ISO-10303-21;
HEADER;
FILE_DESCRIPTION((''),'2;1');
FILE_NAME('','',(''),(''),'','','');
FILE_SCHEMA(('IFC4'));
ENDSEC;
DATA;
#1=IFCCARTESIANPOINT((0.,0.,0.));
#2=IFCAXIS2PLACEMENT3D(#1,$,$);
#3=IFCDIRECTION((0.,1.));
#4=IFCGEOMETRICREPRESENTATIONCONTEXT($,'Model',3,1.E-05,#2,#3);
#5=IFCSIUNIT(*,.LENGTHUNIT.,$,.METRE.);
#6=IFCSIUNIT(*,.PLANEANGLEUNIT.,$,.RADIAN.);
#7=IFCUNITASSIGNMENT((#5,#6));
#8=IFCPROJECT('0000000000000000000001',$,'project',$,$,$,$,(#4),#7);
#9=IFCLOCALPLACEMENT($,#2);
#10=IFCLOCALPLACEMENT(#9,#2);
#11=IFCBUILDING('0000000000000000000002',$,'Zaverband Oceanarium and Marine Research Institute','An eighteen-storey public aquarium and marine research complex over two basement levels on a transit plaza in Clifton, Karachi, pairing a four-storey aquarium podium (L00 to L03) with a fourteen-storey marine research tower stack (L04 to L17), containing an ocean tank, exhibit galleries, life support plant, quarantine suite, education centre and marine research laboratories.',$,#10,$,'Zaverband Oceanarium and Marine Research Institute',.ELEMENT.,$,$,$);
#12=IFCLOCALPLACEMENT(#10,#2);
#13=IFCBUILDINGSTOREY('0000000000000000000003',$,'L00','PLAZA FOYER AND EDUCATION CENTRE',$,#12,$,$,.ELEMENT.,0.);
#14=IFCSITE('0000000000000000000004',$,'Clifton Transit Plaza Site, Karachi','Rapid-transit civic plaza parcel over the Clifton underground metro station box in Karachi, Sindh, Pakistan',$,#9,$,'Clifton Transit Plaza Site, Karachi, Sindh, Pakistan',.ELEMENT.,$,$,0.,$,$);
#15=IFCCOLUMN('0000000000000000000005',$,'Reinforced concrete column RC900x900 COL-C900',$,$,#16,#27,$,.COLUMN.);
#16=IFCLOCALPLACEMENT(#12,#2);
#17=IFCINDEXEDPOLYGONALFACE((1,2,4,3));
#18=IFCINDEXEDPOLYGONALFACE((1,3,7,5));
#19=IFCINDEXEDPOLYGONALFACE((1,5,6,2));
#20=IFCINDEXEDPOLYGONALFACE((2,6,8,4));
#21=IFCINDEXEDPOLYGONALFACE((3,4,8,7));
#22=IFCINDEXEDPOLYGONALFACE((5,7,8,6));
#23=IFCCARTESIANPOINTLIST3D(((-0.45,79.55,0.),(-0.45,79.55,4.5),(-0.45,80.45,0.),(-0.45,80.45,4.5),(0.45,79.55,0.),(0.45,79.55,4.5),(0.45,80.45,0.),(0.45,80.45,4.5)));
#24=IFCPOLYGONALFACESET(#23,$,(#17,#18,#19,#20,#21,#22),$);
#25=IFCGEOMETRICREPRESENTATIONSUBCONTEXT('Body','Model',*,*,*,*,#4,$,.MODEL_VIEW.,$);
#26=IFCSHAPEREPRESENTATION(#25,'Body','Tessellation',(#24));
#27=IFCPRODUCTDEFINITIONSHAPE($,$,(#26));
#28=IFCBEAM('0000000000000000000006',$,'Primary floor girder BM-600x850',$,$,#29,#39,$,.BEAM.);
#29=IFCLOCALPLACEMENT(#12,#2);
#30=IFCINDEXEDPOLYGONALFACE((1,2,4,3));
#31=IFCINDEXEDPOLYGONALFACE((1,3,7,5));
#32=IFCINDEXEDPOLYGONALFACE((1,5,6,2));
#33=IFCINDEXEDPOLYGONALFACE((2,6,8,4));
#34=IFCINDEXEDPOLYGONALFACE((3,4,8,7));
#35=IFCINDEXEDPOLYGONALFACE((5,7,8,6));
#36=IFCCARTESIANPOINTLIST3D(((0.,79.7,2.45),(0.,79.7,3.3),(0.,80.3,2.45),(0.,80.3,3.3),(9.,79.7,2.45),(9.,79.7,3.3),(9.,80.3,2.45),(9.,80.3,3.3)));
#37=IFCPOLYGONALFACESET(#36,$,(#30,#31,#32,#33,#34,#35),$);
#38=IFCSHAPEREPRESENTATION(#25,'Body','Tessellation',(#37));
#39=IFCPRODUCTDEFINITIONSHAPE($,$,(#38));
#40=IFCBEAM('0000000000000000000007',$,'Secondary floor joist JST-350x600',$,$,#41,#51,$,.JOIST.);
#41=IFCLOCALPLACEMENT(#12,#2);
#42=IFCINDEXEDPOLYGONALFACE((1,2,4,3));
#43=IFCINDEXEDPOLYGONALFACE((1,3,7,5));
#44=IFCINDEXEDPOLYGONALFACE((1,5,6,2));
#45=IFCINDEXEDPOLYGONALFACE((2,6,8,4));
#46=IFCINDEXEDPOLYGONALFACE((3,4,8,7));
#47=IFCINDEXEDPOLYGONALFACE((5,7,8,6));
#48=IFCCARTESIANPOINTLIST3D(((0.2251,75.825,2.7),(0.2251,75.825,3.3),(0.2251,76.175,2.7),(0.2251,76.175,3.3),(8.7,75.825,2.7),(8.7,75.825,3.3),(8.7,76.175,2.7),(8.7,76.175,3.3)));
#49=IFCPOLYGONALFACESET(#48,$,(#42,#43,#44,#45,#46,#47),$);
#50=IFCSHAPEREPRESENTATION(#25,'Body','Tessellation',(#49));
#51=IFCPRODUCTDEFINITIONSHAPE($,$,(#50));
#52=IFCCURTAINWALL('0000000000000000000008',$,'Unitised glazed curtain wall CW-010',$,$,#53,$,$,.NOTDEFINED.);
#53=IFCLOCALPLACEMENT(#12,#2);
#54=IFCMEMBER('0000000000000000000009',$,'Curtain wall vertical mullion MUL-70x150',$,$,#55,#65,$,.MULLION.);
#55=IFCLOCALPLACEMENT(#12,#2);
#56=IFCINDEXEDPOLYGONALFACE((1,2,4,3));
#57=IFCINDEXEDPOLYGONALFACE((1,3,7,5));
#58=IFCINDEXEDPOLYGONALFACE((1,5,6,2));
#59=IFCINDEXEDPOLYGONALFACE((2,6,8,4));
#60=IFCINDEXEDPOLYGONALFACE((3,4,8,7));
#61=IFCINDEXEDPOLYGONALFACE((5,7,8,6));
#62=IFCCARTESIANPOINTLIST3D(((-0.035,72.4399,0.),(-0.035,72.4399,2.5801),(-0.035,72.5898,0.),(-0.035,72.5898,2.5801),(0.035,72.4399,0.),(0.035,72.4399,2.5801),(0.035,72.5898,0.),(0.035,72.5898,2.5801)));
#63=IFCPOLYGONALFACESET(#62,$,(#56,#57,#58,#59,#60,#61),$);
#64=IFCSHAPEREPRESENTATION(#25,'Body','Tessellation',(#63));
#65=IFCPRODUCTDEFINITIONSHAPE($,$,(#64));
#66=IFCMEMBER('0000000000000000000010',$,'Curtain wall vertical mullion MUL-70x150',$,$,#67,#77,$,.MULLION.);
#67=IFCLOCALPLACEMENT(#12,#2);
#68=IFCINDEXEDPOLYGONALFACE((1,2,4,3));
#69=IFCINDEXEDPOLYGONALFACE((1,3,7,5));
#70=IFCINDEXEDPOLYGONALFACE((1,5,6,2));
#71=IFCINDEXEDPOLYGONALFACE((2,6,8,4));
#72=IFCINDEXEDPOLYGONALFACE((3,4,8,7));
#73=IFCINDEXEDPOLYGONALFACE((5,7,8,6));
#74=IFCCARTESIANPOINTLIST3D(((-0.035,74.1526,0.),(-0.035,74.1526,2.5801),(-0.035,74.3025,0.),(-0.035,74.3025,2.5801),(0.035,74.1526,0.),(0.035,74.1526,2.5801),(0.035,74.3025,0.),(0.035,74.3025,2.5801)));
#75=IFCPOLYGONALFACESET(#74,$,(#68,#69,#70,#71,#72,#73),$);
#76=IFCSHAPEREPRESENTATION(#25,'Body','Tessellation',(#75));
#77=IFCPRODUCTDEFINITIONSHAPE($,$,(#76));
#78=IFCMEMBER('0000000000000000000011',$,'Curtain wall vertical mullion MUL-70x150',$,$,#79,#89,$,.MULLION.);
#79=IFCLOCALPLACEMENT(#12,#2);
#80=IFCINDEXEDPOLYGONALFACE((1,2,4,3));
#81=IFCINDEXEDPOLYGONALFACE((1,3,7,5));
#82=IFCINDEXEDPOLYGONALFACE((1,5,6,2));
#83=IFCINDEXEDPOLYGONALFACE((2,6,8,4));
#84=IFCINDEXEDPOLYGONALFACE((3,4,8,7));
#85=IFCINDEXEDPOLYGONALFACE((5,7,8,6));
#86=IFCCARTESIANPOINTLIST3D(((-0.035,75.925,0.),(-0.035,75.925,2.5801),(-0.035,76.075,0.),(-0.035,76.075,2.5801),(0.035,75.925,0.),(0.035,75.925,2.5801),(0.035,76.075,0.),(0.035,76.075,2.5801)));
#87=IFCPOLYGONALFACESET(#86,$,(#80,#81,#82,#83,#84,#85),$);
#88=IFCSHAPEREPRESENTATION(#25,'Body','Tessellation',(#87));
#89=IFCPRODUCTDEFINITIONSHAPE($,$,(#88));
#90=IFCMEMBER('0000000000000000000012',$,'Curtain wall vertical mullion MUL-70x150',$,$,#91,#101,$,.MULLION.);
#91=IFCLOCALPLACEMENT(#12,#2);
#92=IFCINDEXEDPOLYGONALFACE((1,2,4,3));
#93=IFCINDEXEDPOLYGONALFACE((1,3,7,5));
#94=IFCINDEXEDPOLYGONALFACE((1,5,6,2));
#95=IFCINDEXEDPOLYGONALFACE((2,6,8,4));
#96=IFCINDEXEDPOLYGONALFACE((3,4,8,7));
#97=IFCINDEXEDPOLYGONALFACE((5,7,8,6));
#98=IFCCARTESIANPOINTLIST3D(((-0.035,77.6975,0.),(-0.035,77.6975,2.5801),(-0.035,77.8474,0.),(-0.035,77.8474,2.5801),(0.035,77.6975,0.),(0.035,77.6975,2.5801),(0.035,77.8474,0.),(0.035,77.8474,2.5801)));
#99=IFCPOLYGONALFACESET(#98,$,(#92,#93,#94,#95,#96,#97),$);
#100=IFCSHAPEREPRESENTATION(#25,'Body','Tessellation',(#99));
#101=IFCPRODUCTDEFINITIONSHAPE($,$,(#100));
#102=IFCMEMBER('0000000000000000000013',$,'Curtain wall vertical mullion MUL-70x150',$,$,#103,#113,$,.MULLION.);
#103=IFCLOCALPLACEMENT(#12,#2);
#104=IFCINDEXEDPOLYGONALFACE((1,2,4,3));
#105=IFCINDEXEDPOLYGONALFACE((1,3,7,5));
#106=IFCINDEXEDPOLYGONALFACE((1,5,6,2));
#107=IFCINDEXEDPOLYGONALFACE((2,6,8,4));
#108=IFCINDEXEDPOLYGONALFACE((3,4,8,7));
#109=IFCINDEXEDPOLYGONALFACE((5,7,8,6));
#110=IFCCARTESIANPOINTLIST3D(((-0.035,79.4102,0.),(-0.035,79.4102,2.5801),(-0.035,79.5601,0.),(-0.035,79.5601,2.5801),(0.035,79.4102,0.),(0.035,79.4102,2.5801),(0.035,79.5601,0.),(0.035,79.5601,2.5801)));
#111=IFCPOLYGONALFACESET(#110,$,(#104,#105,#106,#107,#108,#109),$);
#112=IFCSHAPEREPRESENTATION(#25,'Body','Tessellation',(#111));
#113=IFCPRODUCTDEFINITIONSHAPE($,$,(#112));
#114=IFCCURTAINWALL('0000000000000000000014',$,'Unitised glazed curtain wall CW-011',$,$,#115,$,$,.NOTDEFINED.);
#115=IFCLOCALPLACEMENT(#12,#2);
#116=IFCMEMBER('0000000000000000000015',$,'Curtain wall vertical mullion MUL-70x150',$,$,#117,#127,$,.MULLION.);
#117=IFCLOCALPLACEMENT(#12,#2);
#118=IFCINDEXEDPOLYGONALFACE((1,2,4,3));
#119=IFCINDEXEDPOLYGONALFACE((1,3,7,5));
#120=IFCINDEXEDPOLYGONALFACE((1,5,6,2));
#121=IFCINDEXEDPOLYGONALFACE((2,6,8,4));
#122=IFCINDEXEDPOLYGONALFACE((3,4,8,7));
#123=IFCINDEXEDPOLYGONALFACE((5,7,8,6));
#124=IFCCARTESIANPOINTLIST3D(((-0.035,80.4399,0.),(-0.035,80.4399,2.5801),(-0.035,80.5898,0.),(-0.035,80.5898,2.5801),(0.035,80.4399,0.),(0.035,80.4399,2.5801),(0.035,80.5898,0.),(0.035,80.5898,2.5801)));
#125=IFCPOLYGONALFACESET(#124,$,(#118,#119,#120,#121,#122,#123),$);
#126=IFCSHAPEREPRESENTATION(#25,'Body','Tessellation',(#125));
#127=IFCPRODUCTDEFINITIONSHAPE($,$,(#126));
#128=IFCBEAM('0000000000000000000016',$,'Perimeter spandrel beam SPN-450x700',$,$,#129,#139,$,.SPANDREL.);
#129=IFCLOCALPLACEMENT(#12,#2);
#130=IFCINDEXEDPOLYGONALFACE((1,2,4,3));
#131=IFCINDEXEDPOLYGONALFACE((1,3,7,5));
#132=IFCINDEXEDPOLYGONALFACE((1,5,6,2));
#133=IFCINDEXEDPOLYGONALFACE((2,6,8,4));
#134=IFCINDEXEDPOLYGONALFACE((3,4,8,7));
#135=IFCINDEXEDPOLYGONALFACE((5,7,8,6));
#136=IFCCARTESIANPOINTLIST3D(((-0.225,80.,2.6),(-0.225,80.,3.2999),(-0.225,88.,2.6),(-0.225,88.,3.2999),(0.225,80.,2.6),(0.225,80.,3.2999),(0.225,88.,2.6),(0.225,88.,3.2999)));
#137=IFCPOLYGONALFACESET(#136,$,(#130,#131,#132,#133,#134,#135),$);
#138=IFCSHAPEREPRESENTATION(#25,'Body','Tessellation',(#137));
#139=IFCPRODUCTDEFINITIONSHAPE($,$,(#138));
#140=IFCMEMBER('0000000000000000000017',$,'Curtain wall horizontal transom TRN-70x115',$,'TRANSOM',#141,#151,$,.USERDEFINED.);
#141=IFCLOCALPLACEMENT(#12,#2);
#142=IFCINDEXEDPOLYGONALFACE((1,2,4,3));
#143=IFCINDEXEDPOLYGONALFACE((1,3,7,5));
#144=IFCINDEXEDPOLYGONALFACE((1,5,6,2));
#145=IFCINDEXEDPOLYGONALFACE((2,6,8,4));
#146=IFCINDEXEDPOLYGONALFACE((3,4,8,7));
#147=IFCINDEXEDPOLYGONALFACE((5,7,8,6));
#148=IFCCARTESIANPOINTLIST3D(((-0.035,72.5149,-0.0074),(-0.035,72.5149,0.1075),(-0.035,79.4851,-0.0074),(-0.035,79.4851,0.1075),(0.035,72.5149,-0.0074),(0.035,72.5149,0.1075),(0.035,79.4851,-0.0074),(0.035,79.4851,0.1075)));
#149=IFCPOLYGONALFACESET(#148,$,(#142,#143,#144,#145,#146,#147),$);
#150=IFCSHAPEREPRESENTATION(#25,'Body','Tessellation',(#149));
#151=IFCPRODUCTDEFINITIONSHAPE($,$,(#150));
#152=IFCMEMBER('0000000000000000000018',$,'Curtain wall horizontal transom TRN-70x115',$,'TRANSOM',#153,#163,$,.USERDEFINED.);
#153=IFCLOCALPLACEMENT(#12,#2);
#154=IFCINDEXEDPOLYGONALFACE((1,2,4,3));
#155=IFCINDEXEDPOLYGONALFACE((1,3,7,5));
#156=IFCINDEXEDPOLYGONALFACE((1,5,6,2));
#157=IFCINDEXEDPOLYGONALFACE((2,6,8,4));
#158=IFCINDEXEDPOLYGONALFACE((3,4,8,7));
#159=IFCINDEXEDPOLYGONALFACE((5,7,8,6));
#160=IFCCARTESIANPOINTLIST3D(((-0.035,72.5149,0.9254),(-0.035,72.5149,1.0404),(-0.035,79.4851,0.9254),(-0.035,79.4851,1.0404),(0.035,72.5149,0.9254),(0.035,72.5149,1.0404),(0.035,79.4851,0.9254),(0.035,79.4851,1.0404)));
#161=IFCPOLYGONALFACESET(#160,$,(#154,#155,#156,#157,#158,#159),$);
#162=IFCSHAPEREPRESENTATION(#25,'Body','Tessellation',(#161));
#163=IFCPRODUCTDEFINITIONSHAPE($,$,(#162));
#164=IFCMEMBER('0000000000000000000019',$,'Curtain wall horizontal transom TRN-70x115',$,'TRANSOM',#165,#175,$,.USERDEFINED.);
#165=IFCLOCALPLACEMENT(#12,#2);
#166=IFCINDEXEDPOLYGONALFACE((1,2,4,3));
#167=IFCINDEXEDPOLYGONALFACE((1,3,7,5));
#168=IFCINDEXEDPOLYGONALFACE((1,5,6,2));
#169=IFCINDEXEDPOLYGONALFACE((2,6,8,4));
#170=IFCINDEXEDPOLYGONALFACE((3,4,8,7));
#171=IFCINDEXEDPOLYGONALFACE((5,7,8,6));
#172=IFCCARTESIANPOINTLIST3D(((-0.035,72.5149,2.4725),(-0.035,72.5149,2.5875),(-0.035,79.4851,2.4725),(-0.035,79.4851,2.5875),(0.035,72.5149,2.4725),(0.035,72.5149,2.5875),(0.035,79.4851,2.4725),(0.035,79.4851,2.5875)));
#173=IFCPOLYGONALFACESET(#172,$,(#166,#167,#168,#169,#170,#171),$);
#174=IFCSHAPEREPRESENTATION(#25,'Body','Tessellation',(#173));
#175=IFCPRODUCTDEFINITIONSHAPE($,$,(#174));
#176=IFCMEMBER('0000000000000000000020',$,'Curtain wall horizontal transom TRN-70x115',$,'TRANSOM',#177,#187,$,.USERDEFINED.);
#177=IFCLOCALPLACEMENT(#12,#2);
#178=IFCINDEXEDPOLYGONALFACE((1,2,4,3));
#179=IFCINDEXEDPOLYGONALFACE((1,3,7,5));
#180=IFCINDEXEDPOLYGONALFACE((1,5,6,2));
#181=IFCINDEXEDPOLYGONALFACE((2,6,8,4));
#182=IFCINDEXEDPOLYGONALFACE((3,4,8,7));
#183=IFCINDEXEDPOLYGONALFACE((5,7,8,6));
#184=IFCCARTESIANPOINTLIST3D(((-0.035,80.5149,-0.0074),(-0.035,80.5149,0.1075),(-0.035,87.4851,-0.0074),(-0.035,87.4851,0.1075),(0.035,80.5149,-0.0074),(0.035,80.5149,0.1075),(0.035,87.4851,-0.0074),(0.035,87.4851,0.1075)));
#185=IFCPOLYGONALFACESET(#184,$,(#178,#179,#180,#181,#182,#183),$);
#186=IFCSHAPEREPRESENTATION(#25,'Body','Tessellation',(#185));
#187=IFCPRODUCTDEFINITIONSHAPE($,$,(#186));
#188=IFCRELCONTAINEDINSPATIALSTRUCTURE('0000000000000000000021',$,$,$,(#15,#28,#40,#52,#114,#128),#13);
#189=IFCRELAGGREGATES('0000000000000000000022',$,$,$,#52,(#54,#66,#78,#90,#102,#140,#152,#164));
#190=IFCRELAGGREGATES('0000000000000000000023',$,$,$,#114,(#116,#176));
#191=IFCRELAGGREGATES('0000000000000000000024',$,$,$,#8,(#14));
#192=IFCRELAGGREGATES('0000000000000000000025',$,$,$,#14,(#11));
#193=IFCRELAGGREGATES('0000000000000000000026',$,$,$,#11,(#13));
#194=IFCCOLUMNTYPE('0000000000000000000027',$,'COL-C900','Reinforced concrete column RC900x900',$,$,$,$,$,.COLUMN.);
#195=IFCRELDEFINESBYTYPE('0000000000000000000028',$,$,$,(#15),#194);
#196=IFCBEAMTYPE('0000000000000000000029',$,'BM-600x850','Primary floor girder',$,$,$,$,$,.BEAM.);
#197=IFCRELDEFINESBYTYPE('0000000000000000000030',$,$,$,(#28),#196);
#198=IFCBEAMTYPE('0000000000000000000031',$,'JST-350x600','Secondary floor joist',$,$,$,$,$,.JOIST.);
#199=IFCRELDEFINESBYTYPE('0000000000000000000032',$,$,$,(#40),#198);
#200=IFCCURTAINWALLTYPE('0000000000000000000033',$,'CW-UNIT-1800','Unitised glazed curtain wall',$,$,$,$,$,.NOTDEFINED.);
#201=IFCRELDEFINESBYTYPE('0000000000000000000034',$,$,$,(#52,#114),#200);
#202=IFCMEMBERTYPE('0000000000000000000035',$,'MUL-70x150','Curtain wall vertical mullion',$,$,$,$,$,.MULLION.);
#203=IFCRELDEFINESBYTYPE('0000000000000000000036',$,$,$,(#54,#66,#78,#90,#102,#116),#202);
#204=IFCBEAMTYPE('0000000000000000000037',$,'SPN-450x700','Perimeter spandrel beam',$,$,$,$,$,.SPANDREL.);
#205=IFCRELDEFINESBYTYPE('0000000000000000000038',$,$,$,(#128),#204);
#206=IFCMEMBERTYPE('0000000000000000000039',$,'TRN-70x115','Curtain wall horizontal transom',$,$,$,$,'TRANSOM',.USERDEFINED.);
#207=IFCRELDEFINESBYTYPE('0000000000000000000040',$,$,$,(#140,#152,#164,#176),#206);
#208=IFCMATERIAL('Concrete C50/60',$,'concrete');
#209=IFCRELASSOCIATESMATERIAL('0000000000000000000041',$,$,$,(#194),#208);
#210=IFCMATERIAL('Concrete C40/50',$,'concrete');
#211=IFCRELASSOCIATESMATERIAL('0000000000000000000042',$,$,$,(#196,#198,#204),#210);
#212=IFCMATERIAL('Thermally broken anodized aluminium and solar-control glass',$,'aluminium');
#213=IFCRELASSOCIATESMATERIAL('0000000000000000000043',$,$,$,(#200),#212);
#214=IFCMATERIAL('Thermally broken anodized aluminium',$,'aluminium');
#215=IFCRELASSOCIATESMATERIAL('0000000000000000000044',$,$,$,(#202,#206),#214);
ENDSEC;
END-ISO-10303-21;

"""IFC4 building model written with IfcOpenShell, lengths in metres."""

from ifc_helpers import new_model, si_unit, direction, frame, origin, origin_2d, place, context, subcontext, project, spatial, rectangle, extrude, material, material_profile, profile_set, type_object, element, aggregate, save


model = new_model("IFC4")

# Units and contexts
model_context = context("Model", 3, precision=1e-05, world=origin(), true_north=direction((0.0, 1.0)))
body_context = subcontext(model_context, "Body", "Model", "MODEL_VIEW")
ifc_project = project(units=[si_unit("LENGTHUNIT", "METRE"), si_unit("PLANEANGLEUNIT", "RADIAN")], contexts=[model_context])

# Site, building, storey
site_placement = place(None, origin())
site = spatial("IfcSite", under=ifc_project, at=site_placement, Name="Clifton Transit Plaza Site, Karachi", Description="Rapid-transit civic plaza parcel over the Clifton underground metro station box in Karachi, Sindh, Pakistan", LongName="Clifton Transit Plaza Site, Karachi, Sindh, Pakistan", CompositionType="ELEMENT", RefElevation=0.0)
building_placement = place(site_placement, origin())
building = spatial("IfcBuilding", under=site, at=building_placement, Name="Zaverband Oceanarium and Marine Research Institute", Description="An eighteen-storey public aquarium and marine research complex over two basement levels on a transit plaza in Clifton, Karachi, pairing a four-storey aquarium podium (L00 to L03) with a fourteen-storey marine research tower stack (L04 to L17), containing an ocean tank, exhibit galleries, life support plant, quarantine suite, education centre and marine research laboratories.", LongName="Zaverband Oceanarium and Marine Research Institute", CompositionType="ELEMENT")
storey_placement = place(building_placement, origin())
storey = spatial("IfcBuildingStorey", under=building, at=storey_placement, Name="L00", Description="PLAZA FOYER AND EDUCATION CENTRE", CompositionType="ELEMENT", Elevation=0.0)

# Column
ifc_material_1 = material(Name="Concrete C50/60", Category="concrete")
ifc_material_profile_1 = material_profile(ifc_material_1, rectangle(XDim=0.8999, YDim=0.8999, at=origin_2d()), Name="RC900x900")
ifc_profile_set_1 = profile_set([ifc_material_profile_1], Name="Concrete C50/60")
column_type = type_object("IfcColumnType", Name="COL-C900", Description="Reinforced concrete column RC900x900", PredefinedType="COLUMN", material=ifc_profile_set_1)
column_placement = place(storey_placement, frame((0.0, 80.0, 0.0), z_axis=(0.0, 0.0, 1.0), x_axis=(1.0, 0.0, 0.0)))
element("IfcColumn", 1, at=column_placement, inside=storey, type_object=column_type, Name="Reinforced concrete column RC900x900 COL-C900", PredefinedType="COLUMN", context=body_context, shape_type="SweptSolid", body=[
    extrude(rectangle(XDim=0.8999, YDim=0.8999, at=origin_2d()), origin(), (0.0, 0.0, 1.0), 4.5),
])

# Beams
ifc_material_2 = material(Name="Concrete C40/50", Category="concrete")
ifc_material_profile_2 = material_profile(ifc_material_2, rectangle(XDim=0.6001, YDim=0.8501, at=origin_2d()), Name="RC600x850")
ifc_profile_set_2 = profile_set([ifc_material_profile_2], Name="Concrete C40/50")
beam_type_1 = type_object("IfcBeamType", Name="BM-600x850", Description="Primary floor girder", PredefinedType="BEAM", material=ifc_profile_set_2)
beam_1_placement = place(storey_placement, frame((0.0, 80.0, 2.875), z_axis=(1.0, 0.0, 0.0), x_axis=(0.0, 1.0, 0.0)))
element("IfcBeam", 2, at=beam_1_placement, inside=storey, type_object=beam_type_1, Name="Primary floor girder BM-600x850", PredefinedType="BEAM", context=body_context, shape_type="SweptSolid", body=[
    extrude(rectangle(XDim=0.6001, YDim=0.8501, at=origin_2d()), origin(), (0.0, 0.0, 1.0), 9.0),
])
ifc_material_profile_3 = material_profile(ifc_material_2, rectangle(XDim=0.3501, YDim=0.6001, at=origin_2d()), Name="RC350x600")
ifc_profile_set_3 = profile_set([ifc_material_profile_3], Name="Concrete C40/50")
beam_type_2 = type_object("IfcBeamType", Name="JST-350x600", Description="Secondary floor joist", PredefinedType="JOIST", material=ifc_profile_set_3)
beam_2_placement = place(storey_placement, frame((0.2251, 76.0, 3.0), z_axis=(1.0, 0.0, 0.0), x_axis=(0.0, 1.0, 0.0)))
element("IfcBeam", 3, at=beam_2_placement, inside=storey, type_object=beam_type_2, Name="Secondary floor joist JST-350x600", PredefinedType="JOIST", context=body_context, shape_type="SweptSolid", body=[
    extrude(rectangle(XDim=0.3501, YDim=0.6001, at=origin_2d()), origin(), (0.0, 0.0, 1.0), 8.4749),
])

# Curtain wall, members
ifc_material_3 = material(Name="Thermally broken anodized aluminium and solar-control glass", Category="aluminium")
curtain_wall_type = type_object("IfcCurtainWallType", Name="CW-UNIT-1800", Description="Unitised glazed curtain wall", PredefinedType="NOTDEFINED", material=ifc_material_3)
curtain_wall_1_placement = place(storey_placement, origin())
curtain_wall_1 = element("IfcCurtainWall", 4, at=curtain_wall_1_placement, inside=storey, type_object=curtain_wall_type, Name="Unitised glazed curtain wall CW-010", PredefinedType="NOTDEFINED")
ifc_material_4 = material(Name="Thermally broken anodized aluminium", Category="aluminium")
ifc_material_profile_4 = material_profile(ifc_material_4, rectangle(XDim=0.0701, YDim=0.1499, at=origin_2d()), Name="AL-MUL-70x150")
ifc_profile_set_4 = profile_set([ifc_material_profile_4], Name="Thermally broken anodized aluminium")
member_type_1 = type_object("IfcMemberType", Name="MUL-70x150", Description="Curtain wall vertical mullion", PredefinedType="MULLION", material=ifc_profile_set_4)
member_1_placement = place(storey_placement, frame((0.0, 72.5149, 0.0), z_axis=(0.0, 0.0, 1.0), x_axis=(1.0, 0.0, 0.0)))
member_1 = element("IfcMember", 5, at=member_1_placement, type_object=member_type_1, Name="Curtain wall vertical mullion MUL-70x150", PredefinedType="MULLION", context=body_context, shape_type="SweptSolid", body=[
    extrude(rectangle(XDim=0.0701, YDim=0.1499, at=origin_2d()), origin(), (0.0, 0.0, 1.0), 2.5801),
])
member_2_placement = place(storey_placement, frame((0.0, 74.2275, 0.0), z_axis=(0.0, 0.0, 1.0), x_axis=(1.0, 0.0, 0.0)))
member_2 = element("IfcMember", 6, at=member_2_placement, type_object=member_type_1, Name="Curtain wall vertical mullion MUL-70x150", PredefinedType="MULLION", context=body_context, shape_type="SweptSolid", body=[
    extrude(rectangle(XDim=0.0701, YDim=0.1499, at=origin_2d()), origin(), (0.0, 0.0, 1.0), 2.5801),
])
member_3_placement = place(storey_placement, frame((0.0, 76.0, 0.0), z_axis=(0.0, 0.0, 1.0), x_axis=(1.0, 0.0, 0.0)))
member_3 = element("IfcMember", 7, at=member_3_placement, type_object=member_type_1, Name="Curtain wall vertical mullion MUL-70x150", PredefinedType="MULLION", context=body_context, shape_type="SweptSolid", body=[
    extrude(rectangle(XDim=0.0701, YDim=0.1499, at=origin_2d()), origin(), (0.0, 0.0, 1.0), 2.5801),
])
member_4_placement = place(storey_placement, frame((0.0, 77.7725, 0.0), z_axis=(0.0, 0.0, 1.0), x_axis=(1.0, 0.0, 0.0)))
member_4 = element("IfcMember", 8, at=member_4_placement, type_object=member_type_1, Name="Curtain wall vertical mullion MUL-70x150", PredefinedType="MULLION", context=body_context, shape_type="SweptSolid", body=[
    extrude(rectangle(XDim=0.0701, YDim=0.1499, at=origin_2d()), origin(), (0.0, 0.0, 1.0), 2.5801),
])
member_5_placement = place(storey_placement, frame((0.0, 79.4851, 0.0), z_axis=(0.0, 0.0, 1.0), x_axis=(1.0, 0.0, 0.0)))
member_5 = element("IfcMember", 9, at=member_5_placement, type_object=member_type_1, Name="Curtain wall vertical mullion MUL-70x150", PredefinedType="MULLION", context=body_context, shape_type="SweptSolid", body=[
    extrude(rectangle(XDim=0.0701, YDim=0.1499, at=origin_2d()), origin(), (0.0, 0.0, 1.0), 2.5801),
])

# Curtain wall, member
curtain_wall_2_placement = place(storey_placement, origin())
curtain_wall_2 = element("IfcCurtainWall", 10, at=curtain_wall_2_placement, inside=storey, type_object=curtain_wall_type, Name="Unitised glazed curtain wall CW-011", PredefinedType="NOTDEFINED")
member_6_placement = place(storey_placement, frame((0.0, 80.5149, 0.0), z_axis=(0.0, 0.0, 1.0), x_axis=(1.0, 0.0, 0.0)))
member_6 = element("IfcMember", 11, at=member_6_placement, type_object=member_type_1, Name="Curtain wall vertical mullion MUL-70x150", PredefinedType="MULLION", context=body_context, shape_type="SweptSolid", body=[
    extrude(rectangle(XDim=0.0701, YDim=0.1499, at=origin_2d()), origin(), (0.0, 0.0, 1.0), 2.5801),
])

# Beam
ifc_material_profile_5 = material_profile(ifc_material_2, rectangle(XDim=0.45, YDim=0.7, at=origin_2d()), Name="RC450x700")
ifc_profile_set_5 = profile_set([ifc_material_profile_5], Name="Concrete C40/50")
beam_type_3 = type_object("IfcBeamType", Name="SPN-450x700", Description="Perimeter spandrel beam", PredefinedType="SPANDREL", material=ifc_profile_set_5)
beam_3_placement = place(storey_placement, frame((0.0, 80.0, 2.95), z_axis=(0.0, 1.0, 0.0), x_axis=(-1.0, 0.0, 0.0)))
element("IfcBeam", 12, at=beam_3_placement, inside=storey, type_object=beam_type_3, Name="Perimeter spandrel beam SPN-450x700", PredefinedType="SPANDREL", context=body_context, shape_type="SweptSolid", body=[
    extrude(rectangle(XDim=0.45, YDim=0.7, at=origin_2d()), origin(), (0.0, 0.0, 1.0), 8.0),
])

# Members
ifc_material_profile_6 = material_profile(ifc_material_4, rectangle(XDim=0.0701, YDim=0.115, at=origin_2d()), Name="AL-TRN-70x115")
ifc_profile_set_6 = profile_set([ifc_material_profile_6], Name="Thermally broken anodized aluminium")
member_type_2 = type_object("IfcMemberType", Name="TRN-70x115", Description="Curtain wall horizontal transom", ElementType="TRANSOM", PredefinedType="USERDEFINED", material=ifc_profile_set_6)
member_7_placement = place(storey_placement, frame((0.0, 72.5149, 0.05), z_axis=(0.0, 1.0, 0.0), x_axis=(-1.0, 0.0, 0.0)))
member_7 = element("IfcMember", 13, at=member_7_placement, type_object=member_type_2, Name="Curtain wall horizontal transom TRN-70x115", ObjectType="TRANSOM", PredefinedType="USERDEFINED", context=body_context, shape_type="SweptSolid", body=[
    extrude(rectangle(XDim=0.0701, YDim=0.115, at=origin_2d()), origin(), (0.0, 0.0, 1.0), 6.9702),
])
member_8_placement = place(storey_placement, frame((0.0, 72.5149, 0.9829), z_axis=(0.0, 1.0, 0.0), x_axis=(-1.0, 0.0, 0.0)))
member_8 = element("IfcMember", 14, at=member_8_placement, type_object=member_type_2, Name="Curtain wall horizontal transom TRN-70x115", ObjectType="TRANSOM", PredefinedType="USERDEFINED", context=body_context, shape_type="SweptSolid", body=[
    extrude(rectangle(XDim=0.0701, YDim=0.115, at=origin_2d()), origin(), (0.0, 0.0, 1.0), 6.9702),
])
member_9_placement = place(storey_placement, frame((0.0, 72.5149, 2.53), z_axis=(0.0, 1.0, 0.0), x_axis=(-1.0, 0.0, 0.0)))
member_9 = element("IfcMember", 15, at=member_9_placement, type_object=member_type_2, Name="Curtain wall horizontal transom TRN-70x115", ObjectType="TRANSOM", PredefinedType="USERDEFINED", context=body_context, shape_type="SweptSolid", body=[
    extrude(rectangle(XDim=0.0701, YDim=0.115, at=origin_2d()), origin(), (0.0, 0.0, 1.0), 6.9702),
])
member_10_placement = place(storey_placement, frame((0.0, 80.5149, 0.05), z_axis=(0.0, 1.0, 0.0), x_axis=(-1.0, 0.0, 0.0)))
member_10 = element("IfcMember", 16, at=member_10_placement, type_object=member_type_2, Name="Curtain wall horizontal transom TRN-70x115", ObjectType="TRANSOM", PredefinedType="USERDEFINED", context=body_context, shape_type="SweptSolid", body=[
    extrude(rectangle(XDim=0.0701, YDim=0.115, at=origin_2d()), origin(), (0.0, 0.0, 1.0), 6.9702),
])

aggregate(curtain_wall_1, [member_1, member_2, member_3, member_4, member_5, member_7, member_8, member_9])
aggregate(curtain_wall_2, [member_6, member_10])

save(model, "model.ifc")
